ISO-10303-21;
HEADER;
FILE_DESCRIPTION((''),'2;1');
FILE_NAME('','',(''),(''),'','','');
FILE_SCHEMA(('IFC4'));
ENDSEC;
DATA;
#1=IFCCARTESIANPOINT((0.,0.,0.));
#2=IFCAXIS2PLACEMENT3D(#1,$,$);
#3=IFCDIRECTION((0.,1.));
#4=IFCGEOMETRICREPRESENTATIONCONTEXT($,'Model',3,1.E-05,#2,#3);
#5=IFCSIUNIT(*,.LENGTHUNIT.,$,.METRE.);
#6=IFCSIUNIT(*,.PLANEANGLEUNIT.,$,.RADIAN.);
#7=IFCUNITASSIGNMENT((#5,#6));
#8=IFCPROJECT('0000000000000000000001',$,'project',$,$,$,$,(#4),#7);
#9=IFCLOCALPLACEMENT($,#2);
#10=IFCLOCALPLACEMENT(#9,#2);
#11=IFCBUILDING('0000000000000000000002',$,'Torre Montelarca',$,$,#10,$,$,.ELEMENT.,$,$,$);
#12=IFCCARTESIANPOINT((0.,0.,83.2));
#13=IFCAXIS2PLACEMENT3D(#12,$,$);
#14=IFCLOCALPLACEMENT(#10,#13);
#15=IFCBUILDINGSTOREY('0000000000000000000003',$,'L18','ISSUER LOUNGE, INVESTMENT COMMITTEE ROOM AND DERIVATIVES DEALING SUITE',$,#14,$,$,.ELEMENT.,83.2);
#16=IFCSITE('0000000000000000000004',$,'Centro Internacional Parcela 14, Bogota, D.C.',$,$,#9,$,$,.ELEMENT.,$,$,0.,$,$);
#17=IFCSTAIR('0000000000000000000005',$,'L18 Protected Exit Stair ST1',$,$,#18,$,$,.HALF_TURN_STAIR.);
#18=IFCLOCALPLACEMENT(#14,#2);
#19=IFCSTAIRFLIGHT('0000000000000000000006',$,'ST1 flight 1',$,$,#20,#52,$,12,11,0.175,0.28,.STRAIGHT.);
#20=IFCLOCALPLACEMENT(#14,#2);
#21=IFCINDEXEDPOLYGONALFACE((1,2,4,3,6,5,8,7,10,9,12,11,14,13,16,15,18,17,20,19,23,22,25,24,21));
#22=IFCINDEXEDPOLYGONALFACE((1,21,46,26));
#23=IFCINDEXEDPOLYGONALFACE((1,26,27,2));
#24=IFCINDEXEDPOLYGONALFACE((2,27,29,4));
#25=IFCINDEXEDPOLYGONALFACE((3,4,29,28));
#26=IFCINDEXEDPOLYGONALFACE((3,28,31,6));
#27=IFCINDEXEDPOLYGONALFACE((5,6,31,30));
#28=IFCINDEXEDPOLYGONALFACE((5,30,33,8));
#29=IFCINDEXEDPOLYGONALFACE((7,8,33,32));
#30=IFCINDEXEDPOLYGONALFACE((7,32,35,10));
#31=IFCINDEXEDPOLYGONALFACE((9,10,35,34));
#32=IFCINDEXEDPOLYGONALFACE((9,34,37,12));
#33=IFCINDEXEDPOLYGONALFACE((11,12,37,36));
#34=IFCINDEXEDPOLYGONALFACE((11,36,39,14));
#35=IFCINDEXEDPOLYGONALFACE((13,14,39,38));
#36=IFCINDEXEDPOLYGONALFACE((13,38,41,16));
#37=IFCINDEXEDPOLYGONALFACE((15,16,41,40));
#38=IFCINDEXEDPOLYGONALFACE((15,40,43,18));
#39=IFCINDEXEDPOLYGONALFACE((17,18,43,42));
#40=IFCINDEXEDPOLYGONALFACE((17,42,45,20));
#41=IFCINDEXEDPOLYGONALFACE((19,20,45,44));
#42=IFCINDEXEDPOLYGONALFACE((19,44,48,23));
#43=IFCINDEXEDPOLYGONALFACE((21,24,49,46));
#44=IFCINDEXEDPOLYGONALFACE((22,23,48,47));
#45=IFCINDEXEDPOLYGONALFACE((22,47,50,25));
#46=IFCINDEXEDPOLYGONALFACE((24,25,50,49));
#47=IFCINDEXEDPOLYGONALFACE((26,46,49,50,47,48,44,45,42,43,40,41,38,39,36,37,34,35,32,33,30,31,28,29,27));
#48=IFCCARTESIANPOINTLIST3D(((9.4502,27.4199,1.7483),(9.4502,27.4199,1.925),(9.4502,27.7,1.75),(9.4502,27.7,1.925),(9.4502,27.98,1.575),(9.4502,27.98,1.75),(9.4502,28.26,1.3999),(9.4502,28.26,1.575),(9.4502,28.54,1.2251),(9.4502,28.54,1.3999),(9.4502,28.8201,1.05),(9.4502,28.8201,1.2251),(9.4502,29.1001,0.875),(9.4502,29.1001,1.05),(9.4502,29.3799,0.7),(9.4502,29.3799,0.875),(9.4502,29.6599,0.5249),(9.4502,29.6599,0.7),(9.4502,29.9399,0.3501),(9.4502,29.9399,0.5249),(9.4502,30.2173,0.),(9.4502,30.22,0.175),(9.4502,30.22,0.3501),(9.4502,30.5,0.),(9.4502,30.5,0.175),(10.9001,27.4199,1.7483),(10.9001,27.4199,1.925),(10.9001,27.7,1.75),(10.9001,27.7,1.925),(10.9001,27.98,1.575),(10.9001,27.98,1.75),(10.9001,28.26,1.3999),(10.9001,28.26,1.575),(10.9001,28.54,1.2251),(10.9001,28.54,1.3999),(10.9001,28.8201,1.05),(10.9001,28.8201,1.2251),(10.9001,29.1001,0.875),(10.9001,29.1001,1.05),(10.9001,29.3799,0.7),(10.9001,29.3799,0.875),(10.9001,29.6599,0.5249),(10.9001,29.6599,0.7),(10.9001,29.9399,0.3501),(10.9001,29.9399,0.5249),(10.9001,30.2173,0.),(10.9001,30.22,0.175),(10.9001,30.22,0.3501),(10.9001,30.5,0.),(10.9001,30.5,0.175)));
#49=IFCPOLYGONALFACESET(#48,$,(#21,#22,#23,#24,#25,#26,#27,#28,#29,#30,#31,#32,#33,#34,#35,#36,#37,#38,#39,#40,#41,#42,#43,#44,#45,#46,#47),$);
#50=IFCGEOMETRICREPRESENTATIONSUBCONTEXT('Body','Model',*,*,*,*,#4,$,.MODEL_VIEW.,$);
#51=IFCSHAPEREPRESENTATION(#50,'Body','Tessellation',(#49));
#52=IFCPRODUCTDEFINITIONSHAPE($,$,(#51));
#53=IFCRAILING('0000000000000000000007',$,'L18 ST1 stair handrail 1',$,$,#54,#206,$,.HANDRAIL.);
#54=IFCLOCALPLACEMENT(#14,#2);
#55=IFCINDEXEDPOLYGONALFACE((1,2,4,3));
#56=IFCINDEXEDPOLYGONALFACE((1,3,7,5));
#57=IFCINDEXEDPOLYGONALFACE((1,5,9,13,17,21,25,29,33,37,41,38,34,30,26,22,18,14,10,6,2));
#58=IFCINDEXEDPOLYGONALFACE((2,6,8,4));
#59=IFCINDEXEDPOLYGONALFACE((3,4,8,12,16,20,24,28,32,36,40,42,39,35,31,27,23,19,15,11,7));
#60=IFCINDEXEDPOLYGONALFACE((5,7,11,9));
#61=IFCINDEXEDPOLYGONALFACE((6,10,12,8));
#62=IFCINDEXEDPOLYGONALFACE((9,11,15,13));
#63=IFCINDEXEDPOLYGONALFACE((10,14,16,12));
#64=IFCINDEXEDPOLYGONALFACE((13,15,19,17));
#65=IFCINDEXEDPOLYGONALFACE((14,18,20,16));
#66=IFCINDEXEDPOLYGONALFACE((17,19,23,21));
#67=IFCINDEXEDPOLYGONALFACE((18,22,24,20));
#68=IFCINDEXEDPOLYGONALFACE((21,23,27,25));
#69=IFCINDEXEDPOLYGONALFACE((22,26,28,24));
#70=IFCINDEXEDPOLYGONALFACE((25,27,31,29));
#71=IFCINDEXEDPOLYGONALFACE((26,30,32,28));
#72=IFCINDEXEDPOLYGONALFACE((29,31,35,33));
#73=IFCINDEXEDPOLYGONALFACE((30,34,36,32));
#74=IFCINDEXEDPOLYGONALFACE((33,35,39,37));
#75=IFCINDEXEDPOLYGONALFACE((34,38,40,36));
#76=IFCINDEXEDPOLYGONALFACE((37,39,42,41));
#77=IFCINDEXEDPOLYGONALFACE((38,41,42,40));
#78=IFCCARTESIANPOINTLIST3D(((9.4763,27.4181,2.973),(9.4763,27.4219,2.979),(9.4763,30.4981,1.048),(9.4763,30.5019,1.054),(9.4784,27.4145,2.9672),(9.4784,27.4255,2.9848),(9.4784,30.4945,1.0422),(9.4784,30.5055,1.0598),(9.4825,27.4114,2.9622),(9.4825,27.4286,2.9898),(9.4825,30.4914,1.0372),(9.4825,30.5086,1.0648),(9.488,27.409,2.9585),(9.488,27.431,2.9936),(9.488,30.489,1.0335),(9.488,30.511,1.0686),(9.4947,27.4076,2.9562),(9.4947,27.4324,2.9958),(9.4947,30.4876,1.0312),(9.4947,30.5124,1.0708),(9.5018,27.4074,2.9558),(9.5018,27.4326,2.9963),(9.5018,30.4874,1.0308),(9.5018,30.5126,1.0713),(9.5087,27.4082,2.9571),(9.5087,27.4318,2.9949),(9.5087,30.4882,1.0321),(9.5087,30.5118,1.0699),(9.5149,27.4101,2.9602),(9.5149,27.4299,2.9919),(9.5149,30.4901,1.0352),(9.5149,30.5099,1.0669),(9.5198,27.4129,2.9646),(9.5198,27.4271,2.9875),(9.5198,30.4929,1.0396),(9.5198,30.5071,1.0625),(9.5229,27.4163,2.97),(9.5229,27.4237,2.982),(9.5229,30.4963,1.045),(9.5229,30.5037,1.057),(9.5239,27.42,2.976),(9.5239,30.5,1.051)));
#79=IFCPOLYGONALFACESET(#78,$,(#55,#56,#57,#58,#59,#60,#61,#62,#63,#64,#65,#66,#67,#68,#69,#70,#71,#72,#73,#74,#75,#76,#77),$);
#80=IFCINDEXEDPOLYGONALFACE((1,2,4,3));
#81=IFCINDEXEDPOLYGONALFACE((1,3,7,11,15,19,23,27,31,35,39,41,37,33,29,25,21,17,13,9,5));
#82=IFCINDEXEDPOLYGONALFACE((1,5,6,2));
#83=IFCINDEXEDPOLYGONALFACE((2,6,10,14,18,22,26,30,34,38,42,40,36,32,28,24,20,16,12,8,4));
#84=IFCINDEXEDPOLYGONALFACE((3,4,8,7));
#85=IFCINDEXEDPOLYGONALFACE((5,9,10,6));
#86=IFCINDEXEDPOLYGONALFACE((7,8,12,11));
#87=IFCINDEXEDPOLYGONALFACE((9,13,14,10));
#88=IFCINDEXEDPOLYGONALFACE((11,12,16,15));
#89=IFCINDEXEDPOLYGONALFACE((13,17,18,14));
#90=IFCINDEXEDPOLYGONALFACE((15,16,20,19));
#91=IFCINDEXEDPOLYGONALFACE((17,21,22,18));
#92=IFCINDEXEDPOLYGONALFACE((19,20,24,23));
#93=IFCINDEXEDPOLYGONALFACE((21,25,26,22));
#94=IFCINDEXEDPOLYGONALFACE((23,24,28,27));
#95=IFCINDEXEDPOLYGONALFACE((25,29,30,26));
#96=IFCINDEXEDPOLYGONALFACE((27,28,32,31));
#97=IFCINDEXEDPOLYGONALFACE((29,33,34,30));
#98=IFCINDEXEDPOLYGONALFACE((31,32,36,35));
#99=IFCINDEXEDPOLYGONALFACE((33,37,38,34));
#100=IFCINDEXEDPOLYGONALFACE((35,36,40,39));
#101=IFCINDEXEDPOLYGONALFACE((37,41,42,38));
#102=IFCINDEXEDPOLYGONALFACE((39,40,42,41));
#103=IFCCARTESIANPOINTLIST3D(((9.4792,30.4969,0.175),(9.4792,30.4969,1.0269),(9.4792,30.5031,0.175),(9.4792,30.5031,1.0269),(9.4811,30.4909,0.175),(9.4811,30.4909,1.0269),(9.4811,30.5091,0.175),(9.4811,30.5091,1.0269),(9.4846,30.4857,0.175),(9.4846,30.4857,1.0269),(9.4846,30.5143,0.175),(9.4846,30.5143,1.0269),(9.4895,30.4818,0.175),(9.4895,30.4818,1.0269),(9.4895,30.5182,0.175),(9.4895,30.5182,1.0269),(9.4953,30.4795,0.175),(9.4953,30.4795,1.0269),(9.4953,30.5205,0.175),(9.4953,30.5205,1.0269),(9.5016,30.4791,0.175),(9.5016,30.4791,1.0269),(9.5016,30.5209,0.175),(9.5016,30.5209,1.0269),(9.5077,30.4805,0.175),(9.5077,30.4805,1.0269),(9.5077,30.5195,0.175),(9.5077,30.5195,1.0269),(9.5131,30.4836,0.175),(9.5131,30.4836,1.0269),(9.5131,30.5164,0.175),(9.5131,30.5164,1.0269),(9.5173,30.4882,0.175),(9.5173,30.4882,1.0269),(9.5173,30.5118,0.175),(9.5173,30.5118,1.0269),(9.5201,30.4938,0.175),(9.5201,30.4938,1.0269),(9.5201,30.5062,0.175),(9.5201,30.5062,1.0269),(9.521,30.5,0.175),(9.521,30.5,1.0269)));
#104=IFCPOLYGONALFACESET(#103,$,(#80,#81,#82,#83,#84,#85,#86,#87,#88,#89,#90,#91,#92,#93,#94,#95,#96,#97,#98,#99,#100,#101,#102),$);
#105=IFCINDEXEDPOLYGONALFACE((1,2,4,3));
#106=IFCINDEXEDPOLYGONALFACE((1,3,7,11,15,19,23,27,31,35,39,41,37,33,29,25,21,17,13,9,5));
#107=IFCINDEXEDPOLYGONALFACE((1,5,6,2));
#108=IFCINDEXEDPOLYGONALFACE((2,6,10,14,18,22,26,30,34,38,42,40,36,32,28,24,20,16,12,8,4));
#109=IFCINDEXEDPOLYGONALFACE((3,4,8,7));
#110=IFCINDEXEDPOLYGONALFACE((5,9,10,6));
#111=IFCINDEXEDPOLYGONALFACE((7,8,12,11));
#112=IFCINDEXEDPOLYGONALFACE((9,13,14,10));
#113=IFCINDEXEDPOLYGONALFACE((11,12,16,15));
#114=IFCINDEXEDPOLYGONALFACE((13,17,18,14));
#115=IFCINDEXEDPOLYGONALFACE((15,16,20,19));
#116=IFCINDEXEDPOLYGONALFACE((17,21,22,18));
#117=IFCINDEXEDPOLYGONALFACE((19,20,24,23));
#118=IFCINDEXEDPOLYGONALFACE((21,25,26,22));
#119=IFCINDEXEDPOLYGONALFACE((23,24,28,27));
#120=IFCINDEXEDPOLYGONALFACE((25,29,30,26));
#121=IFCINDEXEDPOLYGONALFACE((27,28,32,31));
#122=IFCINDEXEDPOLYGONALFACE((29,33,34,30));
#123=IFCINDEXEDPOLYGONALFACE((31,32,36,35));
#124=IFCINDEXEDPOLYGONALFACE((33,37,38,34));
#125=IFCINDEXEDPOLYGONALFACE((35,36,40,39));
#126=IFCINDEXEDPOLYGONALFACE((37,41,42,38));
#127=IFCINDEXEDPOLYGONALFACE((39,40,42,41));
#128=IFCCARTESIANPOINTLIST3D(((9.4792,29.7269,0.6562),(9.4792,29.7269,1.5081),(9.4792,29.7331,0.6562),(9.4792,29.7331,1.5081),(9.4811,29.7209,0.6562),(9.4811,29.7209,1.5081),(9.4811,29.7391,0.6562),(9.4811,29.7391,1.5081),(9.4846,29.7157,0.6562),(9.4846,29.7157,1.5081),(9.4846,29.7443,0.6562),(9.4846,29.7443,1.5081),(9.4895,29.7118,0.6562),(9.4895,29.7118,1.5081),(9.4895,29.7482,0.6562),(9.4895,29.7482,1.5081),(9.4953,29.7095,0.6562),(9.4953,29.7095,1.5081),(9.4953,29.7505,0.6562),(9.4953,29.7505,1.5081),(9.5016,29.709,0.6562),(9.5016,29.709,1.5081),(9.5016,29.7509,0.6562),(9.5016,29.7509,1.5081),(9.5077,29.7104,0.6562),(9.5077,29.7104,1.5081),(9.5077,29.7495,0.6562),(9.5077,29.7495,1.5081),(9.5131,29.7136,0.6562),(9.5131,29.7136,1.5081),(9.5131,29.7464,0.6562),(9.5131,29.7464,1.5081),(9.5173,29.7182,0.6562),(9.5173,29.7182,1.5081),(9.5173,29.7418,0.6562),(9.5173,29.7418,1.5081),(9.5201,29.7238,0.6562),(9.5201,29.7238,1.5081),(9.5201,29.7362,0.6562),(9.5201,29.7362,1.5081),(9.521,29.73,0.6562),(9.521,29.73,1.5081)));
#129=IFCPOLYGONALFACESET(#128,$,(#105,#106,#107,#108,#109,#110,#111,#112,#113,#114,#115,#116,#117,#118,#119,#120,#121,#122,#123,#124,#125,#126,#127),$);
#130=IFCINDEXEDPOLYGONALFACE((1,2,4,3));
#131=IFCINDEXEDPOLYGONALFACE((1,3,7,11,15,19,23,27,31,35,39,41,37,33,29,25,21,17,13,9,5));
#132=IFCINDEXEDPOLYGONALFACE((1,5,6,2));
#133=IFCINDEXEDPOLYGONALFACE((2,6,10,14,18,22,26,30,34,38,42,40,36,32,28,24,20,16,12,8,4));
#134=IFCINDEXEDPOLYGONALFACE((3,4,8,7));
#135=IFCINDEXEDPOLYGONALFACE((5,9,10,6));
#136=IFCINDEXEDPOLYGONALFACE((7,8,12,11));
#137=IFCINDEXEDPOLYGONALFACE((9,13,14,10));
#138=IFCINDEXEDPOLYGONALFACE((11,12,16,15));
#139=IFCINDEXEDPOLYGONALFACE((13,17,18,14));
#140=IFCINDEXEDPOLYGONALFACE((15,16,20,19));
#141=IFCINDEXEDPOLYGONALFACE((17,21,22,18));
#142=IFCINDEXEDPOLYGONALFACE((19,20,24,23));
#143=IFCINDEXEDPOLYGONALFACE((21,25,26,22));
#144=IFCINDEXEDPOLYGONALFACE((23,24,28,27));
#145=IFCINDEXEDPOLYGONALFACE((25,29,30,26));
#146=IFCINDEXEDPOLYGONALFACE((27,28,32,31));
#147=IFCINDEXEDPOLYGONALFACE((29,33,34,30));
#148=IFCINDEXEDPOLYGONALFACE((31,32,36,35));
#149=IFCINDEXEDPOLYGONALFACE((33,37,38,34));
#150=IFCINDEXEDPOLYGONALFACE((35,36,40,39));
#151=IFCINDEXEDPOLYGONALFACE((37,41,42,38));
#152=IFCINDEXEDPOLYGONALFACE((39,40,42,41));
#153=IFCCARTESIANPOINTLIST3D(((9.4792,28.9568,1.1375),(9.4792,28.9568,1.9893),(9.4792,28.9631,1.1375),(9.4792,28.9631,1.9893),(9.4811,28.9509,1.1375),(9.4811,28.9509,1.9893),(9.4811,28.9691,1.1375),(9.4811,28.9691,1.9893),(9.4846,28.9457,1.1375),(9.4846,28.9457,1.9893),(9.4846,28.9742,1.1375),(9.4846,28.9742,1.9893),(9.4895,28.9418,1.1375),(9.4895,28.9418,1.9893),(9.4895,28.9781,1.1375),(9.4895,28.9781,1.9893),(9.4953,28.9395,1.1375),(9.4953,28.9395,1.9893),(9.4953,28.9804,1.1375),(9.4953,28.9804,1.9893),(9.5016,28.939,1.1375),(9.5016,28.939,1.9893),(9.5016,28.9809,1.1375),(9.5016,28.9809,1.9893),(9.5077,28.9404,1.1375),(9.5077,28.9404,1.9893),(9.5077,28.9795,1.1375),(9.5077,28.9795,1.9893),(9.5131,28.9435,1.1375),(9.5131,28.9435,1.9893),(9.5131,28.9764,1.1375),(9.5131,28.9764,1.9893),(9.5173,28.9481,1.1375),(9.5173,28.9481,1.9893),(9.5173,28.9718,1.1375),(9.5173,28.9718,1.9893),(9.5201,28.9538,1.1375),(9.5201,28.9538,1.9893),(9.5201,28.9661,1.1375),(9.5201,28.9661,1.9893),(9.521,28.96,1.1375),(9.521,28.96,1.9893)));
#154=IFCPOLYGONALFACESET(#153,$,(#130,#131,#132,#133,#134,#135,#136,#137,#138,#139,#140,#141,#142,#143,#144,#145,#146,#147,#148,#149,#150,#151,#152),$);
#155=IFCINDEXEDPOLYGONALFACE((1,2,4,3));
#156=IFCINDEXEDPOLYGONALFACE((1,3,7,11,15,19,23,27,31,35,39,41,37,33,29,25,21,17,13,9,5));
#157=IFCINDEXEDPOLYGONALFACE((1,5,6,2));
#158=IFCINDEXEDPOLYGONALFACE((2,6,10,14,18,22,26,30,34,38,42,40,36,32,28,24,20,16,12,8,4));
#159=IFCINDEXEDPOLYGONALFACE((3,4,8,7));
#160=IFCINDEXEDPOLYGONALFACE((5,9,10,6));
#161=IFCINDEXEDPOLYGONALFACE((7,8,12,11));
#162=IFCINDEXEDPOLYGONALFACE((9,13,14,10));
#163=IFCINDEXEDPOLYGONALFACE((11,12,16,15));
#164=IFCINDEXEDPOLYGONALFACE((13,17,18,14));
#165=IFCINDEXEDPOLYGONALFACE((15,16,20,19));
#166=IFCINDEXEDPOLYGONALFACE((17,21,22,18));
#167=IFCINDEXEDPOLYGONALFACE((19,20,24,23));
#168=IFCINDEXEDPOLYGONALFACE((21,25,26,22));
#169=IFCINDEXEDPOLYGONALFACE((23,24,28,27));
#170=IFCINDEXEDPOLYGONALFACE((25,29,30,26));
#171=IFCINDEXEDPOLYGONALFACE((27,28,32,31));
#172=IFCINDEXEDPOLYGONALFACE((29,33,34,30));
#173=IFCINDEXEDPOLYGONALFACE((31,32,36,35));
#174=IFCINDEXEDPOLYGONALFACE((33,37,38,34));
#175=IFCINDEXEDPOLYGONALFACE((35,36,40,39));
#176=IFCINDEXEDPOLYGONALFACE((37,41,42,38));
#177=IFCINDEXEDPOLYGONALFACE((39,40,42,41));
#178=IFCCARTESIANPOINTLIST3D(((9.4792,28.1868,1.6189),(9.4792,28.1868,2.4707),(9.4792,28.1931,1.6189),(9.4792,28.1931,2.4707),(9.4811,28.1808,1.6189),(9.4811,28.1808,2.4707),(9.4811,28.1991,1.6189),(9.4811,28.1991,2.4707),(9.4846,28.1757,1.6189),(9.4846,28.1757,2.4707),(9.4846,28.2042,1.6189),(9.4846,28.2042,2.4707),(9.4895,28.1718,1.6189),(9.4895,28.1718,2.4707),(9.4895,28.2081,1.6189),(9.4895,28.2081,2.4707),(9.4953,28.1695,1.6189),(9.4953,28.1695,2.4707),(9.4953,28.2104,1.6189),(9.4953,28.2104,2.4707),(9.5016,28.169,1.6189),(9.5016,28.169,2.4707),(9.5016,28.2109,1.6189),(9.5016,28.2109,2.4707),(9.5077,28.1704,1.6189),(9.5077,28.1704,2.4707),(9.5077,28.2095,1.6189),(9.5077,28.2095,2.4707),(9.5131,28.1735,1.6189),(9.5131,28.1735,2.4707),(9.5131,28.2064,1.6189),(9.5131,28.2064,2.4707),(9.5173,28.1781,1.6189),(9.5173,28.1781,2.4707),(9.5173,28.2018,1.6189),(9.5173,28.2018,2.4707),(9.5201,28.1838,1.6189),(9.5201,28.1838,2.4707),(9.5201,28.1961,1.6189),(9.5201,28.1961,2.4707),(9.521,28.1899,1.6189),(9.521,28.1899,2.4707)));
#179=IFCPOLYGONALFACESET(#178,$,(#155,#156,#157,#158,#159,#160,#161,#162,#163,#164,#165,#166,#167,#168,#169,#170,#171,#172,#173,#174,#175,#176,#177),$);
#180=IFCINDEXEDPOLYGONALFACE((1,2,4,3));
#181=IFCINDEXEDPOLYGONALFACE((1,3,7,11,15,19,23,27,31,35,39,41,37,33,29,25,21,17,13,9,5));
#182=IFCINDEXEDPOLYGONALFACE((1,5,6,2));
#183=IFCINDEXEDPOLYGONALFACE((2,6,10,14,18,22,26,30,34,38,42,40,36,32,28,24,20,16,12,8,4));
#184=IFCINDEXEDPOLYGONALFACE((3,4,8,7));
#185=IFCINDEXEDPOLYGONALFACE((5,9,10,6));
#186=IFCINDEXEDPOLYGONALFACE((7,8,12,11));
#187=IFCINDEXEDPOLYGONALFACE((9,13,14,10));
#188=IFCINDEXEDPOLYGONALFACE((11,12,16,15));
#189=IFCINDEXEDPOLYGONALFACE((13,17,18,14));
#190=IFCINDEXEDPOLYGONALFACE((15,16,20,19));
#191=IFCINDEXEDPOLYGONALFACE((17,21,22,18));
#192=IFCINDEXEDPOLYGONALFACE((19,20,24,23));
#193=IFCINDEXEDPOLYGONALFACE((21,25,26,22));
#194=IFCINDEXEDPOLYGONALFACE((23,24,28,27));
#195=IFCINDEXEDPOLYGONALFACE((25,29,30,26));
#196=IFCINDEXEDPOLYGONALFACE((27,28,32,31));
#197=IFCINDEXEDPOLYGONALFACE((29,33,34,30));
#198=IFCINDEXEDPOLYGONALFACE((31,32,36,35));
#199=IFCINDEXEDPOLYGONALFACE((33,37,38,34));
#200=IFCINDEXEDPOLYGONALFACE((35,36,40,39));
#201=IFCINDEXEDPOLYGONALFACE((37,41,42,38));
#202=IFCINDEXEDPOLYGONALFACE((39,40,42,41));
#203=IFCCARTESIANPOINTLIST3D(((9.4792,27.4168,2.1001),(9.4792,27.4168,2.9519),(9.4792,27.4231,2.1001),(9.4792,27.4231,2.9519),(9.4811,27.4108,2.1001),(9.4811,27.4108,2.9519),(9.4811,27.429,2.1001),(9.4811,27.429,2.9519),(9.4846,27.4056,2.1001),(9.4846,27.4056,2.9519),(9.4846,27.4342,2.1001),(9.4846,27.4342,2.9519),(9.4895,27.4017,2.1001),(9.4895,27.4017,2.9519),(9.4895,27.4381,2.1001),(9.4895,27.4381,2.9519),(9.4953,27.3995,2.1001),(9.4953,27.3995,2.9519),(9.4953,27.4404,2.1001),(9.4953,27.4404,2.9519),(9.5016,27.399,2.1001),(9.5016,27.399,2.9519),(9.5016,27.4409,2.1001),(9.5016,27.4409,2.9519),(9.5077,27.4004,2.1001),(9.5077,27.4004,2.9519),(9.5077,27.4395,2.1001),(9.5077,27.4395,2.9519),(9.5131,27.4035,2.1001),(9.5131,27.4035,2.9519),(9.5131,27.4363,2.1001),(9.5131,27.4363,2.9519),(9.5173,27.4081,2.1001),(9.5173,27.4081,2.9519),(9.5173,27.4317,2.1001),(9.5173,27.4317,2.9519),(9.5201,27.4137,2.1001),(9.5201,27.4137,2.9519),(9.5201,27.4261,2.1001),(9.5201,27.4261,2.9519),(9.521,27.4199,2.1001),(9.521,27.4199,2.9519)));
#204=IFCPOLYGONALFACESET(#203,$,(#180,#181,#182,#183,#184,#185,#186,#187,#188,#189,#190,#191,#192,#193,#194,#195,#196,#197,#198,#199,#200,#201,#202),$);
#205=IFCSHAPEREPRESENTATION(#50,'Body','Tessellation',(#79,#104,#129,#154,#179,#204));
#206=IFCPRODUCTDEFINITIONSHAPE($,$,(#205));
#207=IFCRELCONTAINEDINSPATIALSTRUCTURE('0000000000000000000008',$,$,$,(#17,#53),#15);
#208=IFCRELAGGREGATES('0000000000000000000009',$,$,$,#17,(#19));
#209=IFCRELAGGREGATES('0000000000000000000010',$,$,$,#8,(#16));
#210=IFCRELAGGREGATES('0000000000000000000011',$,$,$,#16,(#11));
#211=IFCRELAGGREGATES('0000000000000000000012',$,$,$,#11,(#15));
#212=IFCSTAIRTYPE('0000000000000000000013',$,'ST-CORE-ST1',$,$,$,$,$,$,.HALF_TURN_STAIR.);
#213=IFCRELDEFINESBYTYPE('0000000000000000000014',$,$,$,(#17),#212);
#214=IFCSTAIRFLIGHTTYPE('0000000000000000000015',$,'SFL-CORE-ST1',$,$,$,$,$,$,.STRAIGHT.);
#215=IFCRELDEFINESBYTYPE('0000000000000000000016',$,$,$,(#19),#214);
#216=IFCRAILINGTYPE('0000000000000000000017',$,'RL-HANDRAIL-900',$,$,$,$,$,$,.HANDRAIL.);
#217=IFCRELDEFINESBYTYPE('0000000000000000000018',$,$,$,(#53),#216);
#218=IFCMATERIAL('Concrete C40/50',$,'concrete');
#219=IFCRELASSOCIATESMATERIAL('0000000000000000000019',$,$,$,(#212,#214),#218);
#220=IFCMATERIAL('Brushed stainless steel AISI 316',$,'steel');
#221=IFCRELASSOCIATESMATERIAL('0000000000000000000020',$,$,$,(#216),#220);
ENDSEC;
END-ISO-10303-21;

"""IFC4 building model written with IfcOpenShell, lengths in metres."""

from ifc_helpers import new_model, si_unit, direction, frame, origin, origin_2d, place, context, subcontext, project, spatial, polyline, circle, outline, extrude, material, type_object, element, aggregate, save


model = new_model("IFC4")

# Units and contexts
model_context = context("Model", 3, precision=1e-05, world=origin(), true_north=direction((0.0, 1.0)))
body_context = subcontext(model_context, "Body", "Model", "MODEL_VIEW")
ifc_project = project(units=[si_unit("LENGTHUNIT", "METRE"), si_unit("PLANEANGLEUNIT", "RADIAN")], contexts=[model_context])

# Site, building, storey
site_placement = place(None, origin())
site = spatial("IfcSite", under=ifc_project, at=site_placement, Name="Centro Internacional Parcela 14, Bogota, D.C.", CompositionType="ELEMENT", RefElevation=0.0)
building_placement = place(site_placement, origin())
building = spatial("IfcBuilding", under=site, at=building_placement, Name="Torre Montelarca", CompositionType="ELEMENT")
storey_placement = place(building_placement, frame((0.0, 0.0, 83.2)))
storey = spatial("IfcBuildingStorey", under=building, at=storey_placement, Name="L18", Description="ISSUER LOUNGE, INVESTMENT COMMITTEE ROOM AND DERIVATIVES DEALING SUITE", CompositionType="ELEMENT", Elevation=83.2)

# Shared definitions
ifc_material_1 = material(Name="Concrete C40/50", Category="concrete")

# Shared definitions
ifc_material_2 = material(Name="Brushed stainless steel AISI 316", Category="steel")

# Stair, stair flight
stair_type = type_object("IfcStairType", Name="ST-CORE-ST1", PredefinedType="HALF_TURN_STAIR", material=ifc_material_1)
stair_placement = place(storey_placement, origin())
stair = element("IfcStair", 1, at=stair_placement, inside=storey, type_object=stair_type, Name="L18 Protected Exit Stair ST1", PredefinedType="HALF_TURN_STAIR")
stair_flight_type = type_object("IfcStairFlightType", Name="SFL-CORE-ST1", PredefinedType="STRAIGHT", material=ifc_material_1)
stair_flight_placement = place(storey_placement, frame((10.175, 30.5, 0.0), z_axis=(0.0, 0.0, 1.0), x_axis=(0.0, -1.0, 0.0)))
stair_flight = element("IfcStairFlight", 2, at=stair_flight_placement, type_object=stair_flight_type, Name="ST1 flight 1", NumberOfRisers=12, NumberOfTreads=11, PredefinedType="STRAIGHT", RiserHeight=0.175, TreadLength=0.28, context=body_context, shape_type="SweptSolid", body=[
    extrude(outline(polyline([(0.0, 0.0), (0.0, 0.175), (0.28, 0.175), (0.28, 0.3501), (0.5601, 0.3501), (0.5601, 0.5249), (0.8401, 0.5249), (0.8401, 0.7), (1.1201, 0.7), (1.1201, 0.875), (1.3999, 0.875), (1.3999, 1.05), (1.6799, 1.05), (1.6799, 1.2251), (1.96, 1.2251), (1.96, 1.3999), (2.24, 1.3999), (2.24, 1.575), (2.52, 1.575), (2.52, 1.75), (2.8, 1.75), (2.8, 1.925), (3.0801, 1.925), (3.0801, 2.1001), (3.0801, 1.7483), (0.2827, 0.0), (0.0, 0.0)])), frame((0.0, 0.7251, 0.0), z_axis=(0.0, -1.0, 0.0), x_axis=(1.0, 0.0, 0.0)), (0.0, 0.0, 1.0), 1.45),
])
aggregate(stair, [stair_flight])

# Railing
railing_type = type_object("IfcRailingType", Name="RL-HANDRAIL-900", PredefinedType="HANDRAIL", material=ifc_material_2)
railing_placement = place(storey_placement, frame((9.5, 30.5, 0.175)))
element("IfcRailing", 3, at=railing_placement, inside=storey, type_object=railing_type, Name="L18 ST1 stair handrail 1", PredefinedType="HANDRAIL", context=body_context, shape_type="SweptSolid", body=[
    extrude(circle(Radius=0.0239, at=origin_2d()), frame((0.0, 0.0, 0.876), z_axis=(0.0, -0.847998, 0.529999), x_axis=(1.0, 0.0, 0.0)), (0.0, 0.0, 1.0), 3.6321),
    extrude(circle(Radius=0.021, at=origin_2d()), origin(), (0.0, 0.0, 1.0), 0.8518),
    extrude(circle(Radius=0.021, at=origin_2d()), frame((0.0, -0.77, 0.4812)), (0.0, 0.0, 1.0), 0.8518),
    extrude(circle(Radius=0.021, at=origin_2d()), frame((0.0, -1.54, 0.9624)), (0.0, 0.0, 1.0), 0.8518),
    extrude(circle(Radius=0.021, at=origin_2d()), frame((0.0, -2.3101, 1.4438)), (0.0, 0.0, 1.0), 0.8518),
    extrude(circle(Radius=0.021, at=origin_2d()), frame((0.0, -3.0801, 1.925)), (0.0, 0.0, 1.0), 0.8518),
])

save(model, "model.ifc")
